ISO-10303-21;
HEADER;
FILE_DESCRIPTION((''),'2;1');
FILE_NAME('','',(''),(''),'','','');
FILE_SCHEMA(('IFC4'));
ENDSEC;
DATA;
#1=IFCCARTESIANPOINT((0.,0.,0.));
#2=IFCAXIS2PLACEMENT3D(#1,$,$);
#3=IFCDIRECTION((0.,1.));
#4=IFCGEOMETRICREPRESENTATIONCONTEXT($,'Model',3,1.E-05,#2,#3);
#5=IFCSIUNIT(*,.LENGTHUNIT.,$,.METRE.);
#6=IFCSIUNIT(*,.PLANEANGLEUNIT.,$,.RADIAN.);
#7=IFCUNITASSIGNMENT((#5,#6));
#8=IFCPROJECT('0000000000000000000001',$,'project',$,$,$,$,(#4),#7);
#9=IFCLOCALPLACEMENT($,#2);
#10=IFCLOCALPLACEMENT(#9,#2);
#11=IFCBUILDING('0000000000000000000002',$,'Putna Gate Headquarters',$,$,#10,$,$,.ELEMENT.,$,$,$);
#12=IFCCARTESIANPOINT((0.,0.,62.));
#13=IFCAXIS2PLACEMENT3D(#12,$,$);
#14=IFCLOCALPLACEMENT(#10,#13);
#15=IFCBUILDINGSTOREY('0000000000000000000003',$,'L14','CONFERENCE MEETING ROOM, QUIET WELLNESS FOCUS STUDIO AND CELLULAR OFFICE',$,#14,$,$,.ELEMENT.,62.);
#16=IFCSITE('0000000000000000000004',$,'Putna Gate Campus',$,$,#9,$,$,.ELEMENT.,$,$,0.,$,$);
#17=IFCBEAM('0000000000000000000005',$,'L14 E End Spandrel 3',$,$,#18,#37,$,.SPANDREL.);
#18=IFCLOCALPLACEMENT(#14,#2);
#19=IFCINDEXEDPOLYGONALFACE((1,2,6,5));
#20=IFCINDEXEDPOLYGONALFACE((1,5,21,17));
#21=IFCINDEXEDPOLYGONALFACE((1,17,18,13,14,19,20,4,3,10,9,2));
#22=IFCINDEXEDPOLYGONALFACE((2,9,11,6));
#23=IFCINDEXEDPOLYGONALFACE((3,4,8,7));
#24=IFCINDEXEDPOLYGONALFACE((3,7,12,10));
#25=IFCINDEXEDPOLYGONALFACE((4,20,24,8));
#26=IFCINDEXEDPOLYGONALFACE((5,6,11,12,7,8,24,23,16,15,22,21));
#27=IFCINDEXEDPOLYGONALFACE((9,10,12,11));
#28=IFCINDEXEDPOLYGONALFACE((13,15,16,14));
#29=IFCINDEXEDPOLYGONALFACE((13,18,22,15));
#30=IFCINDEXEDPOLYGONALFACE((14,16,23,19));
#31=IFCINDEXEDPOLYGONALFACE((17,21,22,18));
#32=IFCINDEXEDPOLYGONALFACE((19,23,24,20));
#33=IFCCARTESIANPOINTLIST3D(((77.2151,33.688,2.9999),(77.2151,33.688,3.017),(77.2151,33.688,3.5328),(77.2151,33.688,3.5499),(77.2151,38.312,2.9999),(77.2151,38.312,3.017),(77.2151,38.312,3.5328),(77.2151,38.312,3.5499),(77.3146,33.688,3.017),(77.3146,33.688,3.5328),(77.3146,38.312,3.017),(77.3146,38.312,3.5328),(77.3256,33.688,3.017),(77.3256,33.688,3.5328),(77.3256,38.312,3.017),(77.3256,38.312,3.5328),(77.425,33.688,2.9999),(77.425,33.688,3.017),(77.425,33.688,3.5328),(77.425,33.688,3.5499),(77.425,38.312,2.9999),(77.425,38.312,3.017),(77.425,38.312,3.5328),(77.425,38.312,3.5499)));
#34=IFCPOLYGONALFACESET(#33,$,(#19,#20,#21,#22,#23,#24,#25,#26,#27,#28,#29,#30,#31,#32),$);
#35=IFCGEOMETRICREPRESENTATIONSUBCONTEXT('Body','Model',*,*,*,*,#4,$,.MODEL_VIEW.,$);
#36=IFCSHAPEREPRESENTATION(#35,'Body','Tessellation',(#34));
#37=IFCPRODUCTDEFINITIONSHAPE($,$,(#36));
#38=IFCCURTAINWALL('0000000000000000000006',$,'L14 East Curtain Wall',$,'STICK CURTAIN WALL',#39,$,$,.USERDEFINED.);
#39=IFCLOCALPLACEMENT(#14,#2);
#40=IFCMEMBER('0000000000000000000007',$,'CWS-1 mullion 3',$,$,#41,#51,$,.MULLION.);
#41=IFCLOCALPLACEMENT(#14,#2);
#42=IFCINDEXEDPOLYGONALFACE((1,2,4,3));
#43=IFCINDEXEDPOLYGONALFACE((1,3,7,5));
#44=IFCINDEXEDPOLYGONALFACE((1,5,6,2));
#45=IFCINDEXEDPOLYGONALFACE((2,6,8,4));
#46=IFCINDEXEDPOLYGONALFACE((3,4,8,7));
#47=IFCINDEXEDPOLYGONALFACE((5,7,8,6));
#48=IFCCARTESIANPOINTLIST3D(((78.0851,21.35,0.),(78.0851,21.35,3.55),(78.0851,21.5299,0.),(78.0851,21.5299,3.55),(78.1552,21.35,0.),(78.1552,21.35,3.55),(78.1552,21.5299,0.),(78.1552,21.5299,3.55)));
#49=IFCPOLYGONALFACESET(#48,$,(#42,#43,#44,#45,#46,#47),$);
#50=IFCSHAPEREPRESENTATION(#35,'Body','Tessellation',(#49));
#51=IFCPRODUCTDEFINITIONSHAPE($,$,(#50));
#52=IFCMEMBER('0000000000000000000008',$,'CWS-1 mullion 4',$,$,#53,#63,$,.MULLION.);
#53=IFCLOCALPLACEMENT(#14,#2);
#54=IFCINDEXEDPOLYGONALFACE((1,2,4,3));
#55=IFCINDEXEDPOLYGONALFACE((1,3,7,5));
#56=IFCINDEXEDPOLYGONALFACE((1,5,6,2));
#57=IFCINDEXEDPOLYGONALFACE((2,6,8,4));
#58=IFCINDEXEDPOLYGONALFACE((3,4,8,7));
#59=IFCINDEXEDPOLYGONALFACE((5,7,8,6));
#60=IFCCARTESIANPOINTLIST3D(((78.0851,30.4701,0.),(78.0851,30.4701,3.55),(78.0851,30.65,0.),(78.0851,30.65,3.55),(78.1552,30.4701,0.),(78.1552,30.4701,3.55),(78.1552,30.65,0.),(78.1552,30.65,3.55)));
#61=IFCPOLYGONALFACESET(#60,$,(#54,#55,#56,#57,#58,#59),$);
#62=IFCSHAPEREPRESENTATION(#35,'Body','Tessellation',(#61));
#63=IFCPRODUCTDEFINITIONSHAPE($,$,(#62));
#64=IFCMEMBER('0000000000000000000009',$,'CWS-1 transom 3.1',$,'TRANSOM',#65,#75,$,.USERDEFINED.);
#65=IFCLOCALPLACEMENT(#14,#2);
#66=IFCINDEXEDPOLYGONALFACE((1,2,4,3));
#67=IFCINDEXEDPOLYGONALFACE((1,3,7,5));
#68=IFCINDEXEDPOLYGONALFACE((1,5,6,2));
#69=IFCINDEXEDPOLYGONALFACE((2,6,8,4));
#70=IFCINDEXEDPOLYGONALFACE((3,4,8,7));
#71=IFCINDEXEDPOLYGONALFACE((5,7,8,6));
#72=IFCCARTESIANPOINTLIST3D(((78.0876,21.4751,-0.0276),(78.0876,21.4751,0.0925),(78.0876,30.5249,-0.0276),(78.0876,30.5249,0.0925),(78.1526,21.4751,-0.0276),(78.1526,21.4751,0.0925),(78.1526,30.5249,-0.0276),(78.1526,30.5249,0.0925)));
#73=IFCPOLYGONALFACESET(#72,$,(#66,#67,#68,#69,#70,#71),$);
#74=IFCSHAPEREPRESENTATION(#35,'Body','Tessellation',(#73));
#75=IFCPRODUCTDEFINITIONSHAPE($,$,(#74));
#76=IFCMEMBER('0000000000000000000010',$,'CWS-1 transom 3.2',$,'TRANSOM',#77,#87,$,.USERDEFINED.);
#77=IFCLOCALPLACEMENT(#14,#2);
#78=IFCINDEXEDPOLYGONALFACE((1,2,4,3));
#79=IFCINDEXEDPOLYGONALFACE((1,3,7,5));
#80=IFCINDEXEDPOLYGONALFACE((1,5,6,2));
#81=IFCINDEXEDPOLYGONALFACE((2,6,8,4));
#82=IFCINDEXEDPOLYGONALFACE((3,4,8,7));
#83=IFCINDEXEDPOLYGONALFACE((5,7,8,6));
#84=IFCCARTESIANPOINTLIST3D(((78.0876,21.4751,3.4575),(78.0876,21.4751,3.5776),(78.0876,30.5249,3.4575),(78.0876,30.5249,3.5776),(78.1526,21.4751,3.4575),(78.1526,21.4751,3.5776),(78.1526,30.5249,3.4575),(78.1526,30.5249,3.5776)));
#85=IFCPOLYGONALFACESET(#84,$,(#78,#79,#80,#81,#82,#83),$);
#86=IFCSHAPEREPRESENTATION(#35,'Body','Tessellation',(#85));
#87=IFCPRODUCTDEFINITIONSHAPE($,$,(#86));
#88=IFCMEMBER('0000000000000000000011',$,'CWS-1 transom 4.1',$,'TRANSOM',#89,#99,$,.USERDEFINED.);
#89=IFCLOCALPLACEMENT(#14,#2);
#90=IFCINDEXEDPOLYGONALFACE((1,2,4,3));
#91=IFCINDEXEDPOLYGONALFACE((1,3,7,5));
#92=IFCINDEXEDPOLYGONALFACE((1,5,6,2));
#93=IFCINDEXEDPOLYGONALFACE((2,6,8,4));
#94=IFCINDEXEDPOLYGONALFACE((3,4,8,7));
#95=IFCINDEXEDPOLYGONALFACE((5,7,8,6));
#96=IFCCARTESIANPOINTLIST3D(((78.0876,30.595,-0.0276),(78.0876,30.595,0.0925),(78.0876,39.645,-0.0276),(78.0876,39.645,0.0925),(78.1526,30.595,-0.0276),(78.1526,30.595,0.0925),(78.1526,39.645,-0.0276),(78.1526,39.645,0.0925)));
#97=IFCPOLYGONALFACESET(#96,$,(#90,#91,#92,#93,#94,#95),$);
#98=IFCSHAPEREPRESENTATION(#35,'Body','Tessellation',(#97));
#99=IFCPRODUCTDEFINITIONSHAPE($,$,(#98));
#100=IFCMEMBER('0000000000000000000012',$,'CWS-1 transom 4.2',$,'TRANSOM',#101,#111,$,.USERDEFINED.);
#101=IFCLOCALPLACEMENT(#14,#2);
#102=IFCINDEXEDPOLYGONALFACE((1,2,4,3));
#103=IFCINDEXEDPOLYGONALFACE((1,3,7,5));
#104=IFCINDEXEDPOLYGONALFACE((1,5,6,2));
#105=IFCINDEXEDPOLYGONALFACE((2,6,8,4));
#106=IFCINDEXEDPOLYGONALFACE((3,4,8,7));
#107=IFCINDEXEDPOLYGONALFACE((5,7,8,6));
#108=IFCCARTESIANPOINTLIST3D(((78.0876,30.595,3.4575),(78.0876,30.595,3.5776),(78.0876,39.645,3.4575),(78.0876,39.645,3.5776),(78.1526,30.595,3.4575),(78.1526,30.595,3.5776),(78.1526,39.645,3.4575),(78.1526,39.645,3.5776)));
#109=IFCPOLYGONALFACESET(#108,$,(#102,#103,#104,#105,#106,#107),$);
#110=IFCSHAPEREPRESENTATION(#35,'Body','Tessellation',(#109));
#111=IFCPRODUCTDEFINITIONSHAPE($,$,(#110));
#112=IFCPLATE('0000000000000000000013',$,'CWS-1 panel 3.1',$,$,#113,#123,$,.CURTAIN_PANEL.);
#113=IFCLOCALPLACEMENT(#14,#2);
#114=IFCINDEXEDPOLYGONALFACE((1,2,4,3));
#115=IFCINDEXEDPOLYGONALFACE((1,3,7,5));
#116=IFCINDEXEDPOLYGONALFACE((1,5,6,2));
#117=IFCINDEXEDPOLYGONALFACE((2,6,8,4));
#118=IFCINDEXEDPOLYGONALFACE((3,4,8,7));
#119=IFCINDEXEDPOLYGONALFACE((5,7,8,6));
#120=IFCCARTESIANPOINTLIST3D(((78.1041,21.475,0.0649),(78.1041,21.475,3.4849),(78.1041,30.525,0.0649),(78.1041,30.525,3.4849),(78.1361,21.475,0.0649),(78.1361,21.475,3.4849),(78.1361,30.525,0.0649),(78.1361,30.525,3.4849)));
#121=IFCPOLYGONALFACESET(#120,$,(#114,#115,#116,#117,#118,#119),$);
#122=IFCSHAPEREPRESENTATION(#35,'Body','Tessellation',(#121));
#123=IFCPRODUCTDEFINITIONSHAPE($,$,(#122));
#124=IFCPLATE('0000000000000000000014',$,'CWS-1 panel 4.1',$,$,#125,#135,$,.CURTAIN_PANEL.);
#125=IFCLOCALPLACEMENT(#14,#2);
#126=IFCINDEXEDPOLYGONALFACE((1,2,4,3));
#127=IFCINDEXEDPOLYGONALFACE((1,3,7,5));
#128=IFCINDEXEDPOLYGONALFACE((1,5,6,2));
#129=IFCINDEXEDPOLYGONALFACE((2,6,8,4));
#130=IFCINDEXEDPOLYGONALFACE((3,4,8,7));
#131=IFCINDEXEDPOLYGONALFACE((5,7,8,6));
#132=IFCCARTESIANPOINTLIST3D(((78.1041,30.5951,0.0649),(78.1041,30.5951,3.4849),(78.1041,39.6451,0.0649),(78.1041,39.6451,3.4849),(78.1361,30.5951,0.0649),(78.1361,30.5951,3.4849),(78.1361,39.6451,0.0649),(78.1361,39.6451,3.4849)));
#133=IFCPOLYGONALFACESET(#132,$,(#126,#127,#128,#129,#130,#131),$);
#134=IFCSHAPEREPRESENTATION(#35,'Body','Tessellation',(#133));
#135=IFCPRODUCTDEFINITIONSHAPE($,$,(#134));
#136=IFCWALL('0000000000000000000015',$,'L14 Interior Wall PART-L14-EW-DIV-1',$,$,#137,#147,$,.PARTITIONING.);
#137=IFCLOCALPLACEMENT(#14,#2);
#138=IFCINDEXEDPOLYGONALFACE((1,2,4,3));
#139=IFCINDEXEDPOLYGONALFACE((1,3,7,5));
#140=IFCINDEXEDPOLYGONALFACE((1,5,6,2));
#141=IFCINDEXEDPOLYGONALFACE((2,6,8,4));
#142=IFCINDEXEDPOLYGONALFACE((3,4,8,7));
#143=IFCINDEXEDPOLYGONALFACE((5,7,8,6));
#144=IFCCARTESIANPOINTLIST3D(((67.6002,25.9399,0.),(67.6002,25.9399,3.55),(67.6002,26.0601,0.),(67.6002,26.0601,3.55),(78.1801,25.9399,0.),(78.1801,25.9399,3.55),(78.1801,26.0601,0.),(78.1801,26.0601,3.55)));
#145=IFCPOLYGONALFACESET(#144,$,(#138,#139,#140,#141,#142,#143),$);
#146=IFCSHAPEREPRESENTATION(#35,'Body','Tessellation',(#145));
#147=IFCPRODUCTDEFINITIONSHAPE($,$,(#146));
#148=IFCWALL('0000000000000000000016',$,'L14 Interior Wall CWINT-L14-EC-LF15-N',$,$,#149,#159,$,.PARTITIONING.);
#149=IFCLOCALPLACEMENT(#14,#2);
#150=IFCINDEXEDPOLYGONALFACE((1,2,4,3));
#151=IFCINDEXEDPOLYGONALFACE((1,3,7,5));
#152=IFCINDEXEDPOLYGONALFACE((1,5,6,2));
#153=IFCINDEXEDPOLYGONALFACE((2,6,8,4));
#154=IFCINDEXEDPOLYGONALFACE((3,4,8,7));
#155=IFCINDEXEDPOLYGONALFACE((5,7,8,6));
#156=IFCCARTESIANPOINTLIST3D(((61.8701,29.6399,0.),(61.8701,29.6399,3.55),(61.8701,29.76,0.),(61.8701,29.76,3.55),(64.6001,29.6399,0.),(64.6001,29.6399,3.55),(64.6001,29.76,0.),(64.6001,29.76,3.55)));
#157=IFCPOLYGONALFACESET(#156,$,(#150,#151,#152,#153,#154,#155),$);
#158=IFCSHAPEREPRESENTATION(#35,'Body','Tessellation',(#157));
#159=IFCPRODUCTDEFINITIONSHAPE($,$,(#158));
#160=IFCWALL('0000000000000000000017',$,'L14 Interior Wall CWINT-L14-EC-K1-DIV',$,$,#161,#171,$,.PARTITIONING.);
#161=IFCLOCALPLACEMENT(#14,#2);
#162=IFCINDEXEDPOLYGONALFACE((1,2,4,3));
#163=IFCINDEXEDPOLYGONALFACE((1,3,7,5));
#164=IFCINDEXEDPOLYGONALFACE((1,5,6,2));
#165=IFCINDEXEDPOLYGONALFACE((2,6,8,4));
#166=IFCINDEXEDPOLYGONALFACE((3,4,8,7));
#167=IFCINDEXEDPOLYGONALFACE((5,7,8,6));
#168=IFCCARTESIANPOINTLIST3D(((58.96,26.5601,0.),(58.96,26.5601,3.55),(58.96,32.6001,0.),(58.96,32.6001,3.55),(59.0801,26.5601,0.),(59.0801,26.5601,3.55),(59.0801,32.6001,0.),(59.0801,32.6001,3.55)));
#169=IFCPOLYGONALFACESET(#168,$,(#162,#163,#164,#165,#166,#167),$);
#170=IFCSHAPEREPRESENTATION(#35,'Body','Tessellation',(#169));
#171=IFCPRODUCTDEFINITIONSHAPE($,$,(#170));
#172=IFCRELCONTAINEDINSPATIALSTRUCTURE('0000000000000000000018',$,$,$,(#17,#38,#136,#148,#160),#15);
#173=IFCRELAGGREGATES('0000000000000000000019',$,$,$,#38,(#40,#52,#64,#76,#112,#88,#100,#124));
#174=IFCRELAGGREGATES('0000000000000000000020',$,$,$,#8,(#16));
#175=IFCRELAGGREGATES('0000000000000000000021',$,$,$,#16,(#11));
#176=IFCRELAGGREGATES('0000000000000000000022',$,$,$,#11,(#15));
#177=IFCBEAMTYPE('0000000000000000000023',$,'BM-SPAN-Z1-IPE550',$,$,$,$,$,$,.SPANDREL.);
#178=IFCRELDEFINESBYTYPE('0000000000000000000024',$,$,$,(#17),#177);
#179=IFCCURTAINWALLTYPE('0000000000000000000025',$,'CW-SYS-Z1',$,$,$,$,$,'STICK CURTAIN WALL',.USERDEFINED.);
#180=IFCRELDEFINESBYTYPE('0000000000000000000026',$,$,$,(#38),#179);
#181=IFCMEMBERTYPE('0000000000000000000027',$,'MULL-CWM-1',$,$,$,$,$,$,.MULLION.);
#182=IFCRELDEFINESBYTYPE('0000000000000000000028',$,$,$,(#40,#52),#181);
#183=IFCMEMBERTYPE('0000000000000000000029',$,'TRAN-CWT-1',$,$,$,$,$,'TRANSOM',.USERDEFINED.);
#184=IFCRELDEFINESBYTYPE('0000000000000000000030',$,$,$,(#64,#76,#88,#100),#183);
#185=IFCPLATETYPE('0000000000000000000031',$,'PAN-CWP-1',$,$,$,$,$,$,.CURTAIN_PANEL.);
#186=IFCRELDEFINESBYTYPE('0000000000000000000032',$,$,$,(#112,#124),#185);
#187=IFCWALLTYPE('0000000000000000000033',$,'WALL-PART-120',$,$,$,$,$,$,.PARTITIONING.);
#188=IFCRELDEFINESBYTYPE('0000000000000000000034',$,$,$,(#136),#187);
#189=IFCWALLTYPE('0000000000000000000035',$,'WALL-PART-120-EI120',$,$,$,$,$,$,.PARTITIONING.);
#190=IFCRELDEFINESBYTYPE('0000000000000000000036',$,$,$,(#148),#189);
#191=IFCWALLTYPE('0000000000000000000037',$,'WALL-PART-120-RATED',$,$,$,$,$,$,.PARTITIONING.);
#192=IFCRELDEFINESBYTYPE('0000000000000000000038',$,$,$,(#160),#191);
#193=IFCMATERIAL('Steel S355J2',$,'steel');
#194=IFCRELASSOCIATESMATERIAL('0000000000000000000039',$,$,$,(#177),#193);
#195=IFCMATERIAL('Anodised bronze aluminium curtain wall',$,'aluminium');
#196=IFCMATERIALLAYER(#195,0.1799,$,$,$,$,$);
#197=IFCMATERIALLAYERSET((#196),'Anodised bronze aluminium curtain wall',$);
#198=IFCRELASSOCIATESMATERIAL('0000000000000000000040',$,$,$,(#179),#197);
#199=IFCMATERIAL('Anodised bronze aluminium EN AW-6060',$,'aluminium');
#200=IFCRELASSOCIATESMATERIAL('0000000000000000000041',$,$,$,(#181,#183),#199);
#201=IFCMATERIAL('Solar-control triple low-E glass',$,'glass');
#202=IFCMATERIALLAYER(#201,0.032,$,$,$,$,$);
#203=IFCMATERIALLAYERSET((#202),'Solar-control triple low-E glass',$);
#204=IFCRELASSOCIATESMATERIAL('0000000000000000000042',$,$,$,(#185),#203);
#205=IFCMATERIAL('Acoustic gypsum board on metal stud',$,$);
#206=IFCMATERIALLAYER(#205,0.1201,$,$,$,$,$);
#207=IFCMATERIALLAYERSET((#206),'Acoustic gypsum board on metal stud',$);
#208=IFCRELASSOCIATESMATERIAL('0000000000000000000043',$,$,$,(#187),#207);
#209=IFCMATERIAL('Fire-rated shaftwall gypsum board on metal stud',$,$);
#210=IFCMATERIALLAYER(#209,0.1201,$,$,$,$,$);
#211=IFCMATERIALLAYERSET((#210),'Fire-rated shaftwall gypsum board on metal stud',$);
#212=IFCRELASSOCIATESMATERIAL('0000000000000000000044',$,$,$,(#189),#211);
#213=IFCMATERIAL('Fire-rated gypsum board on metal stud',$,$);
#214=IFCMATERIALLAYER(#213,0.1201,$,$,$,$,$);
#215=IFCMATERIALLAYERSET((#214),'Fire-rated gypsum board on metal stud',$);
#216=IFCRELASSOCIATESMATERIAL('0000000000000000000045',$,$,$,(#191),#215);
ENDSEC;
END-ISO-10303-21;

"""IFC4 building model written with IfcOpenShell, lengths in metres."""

from ifc_helpers import new_model, si_unit, direction, frame, frame_2d, origin, origin_2d, place, context, subcontext, project, spatial, rectangle, i_section, extrude, material, layer, layer_set, material_profile, profile_set, type_object, element, aggregate, save


model = new_model("IFC4")

# Units and contexts
model_context = context("Model", 3, precision=1e-05, world=origin(), true_north=direction((0.0, 1.0)))
body_context = subcontext(model_context, "Body", "Model", "MODEL_VIEW")
ifc_project = project(units=[si_unit("LENGTHUNIT", "METRE"), si_unit("PLANEANGLEUNIT", "RADIAN")], contexts=[model_context])

# Site, building, storey
site_placement = place(None, origin())
site = spatial("IfcSite", under=ifc_project, at=site_placement, Name="Putna Gate Campus", CompositionType="ELEMENT", RefElevation=0.0)
building_placement = place(site_placement, origin())
building = spatial("IfcBuilding", under=site, at=building_placement, Name="Putna Gate Headquarters", CompositionType="ELEMENT")
storey_placement = place(building_placement, frame((0.0, 0.0, 62.0)))
storey = spatial("IfcBuildingStorey", under=building, at=storey_placement, Name="L14", Description="CONFERENCE MEETING ROOM, QUIET WELLNESS FOCUS STUDIO AND CELLULAR OFFICE", CompositionType="ELEMENT", Elevation=62.0)

# Beam
ifc_material_1 = material(Name="Steel S355J2", Category="steel")
ifc_material_profile_1 = material_profile(ifc_material_1, i_section(OverallWidth=0.21, OverallDepth=0.55, WebThickness=0.011, FlangeThickness=0.0171, at=origin_2d()), Name="Steel S355J2")
ifc_profile_set_1 = profile_set([ifc_material_profile_1], Name="Steel S355J2")
beam_type_1 = type_object("IfcBeamType", Name="BM-SPAN-Z1-IPE550", PredefinedType="SPANDREL", material=ifc_profile_set_1)
beam_1_placement = place(storey_placement, frame((77.3201, 33.688, 3.2749), z_axis=(0.0, 1.0, 0.0), x_axis=(-1.0, 0.0, 0.0)))
element("IfcBeam", 1, at=beam_1_placement, inside=storey, type_object=beam_type_1, Name="L14 E End Spandrel 3", PredefinedType="SPANDREL", context=body_context, shape_type="SweptSolid", body=[
    extrude(i_section(OverallWidth=0.21, OverallDepth=0.55, WebThickness=0.011, FlangeThickness=0.0171, at=origin_2d()), origin(), (0.0, 0.0, 1.0), 4.624),
])

# Curtain wall, members, plates
ifc_material_2 = material(Name="Anodised bronze aluminium curtain wall", Category="aluminium")
ifc_layer_1 = layer(ifc_material_2, 0.1799)
ifc_layer_set_1 = layer_set([ifc_layer_1], Name="Anodised bronze aluminium curtain wall")
curtain_wall_type = type_object("IfcCurtainWallType", Name="CW-SYS-Z1", ElementType="STICK CURTAIN WALL", PredefinedType="USERDEFINED", material=ifc_layer_set_1)
curtain_wall_placement = place(storey_placement, origin())
curtain_wall = element("IfcCurtainWall", 2, at=curtain_wall_placement, inside=storey, type_object=curtain_wall_type, Name="L14 East Curtain Wall", ObjectType="STICK CURTAIN WALL", PredefinedType="USERDEFINED")
ifc_material_3 = material(Name="Anodised bronze aluminium EN AW-6060", Category="aluminium")
ifc_material_profile_2 = material_profile(ifc_material_3, rectangle(XDim=0.0701, YDim=0.1799, at=origin_2d()), Name="Anodised bronze aluminium EN AW-6060")
ifc_profile_set_2 = profile_set([ifc_material_profile_2], Name="Anodised bronze aluminium EN AW-6060")
member_type_1 = type_object("IfcMemberType", Name="MULL-CWM-1", PredefinedType="MULLION", material=ifc_profile_set_2)
member_1_placement = place(storey_placement, frame((78.1201, 21.4399, 0.0), z_axis=(0.0, 0.0, 1.0), x_axis=(-1.0, 0.0, 0.0)))
member_1 = element("IfcMember", 3, at=member_1_placement, type_object=member_type_1, Name="CWS-1 mullion 3", PredefinedType="MULLION", context=body_context, shape_type="SweptSolid", body=[
    extrude(rectangle(XDim=0.0701, YDim=0.1799, at=origin_2d()), origin(), (0.0, 0.0, 1.0), 3.55),
])
member_2_placement = place(storey_placement, frame((78.1201, 30.5601, 0.0), z_axis=(0.0, 0.0, 1.0), x_axis=(-1.0, 0.0, 0.0)))
member_2 = element("IfcMember", 4, at=member_2_placement, type_object=member_type_1, Name="CWS-1 mullion 4", PredefinedType="MULLION", context=body_context, shape_type="SweptSolid", body=[
    extrude(rectangle(XDim=0.0701, YDim=0.1799, at=origin_2d()), origin(), (0.0, 0.0, 1.0), 3.55),
])
ifc_material_profile_3 = material_profile(ifc_material_3, rectangle(XDim=0.0649, YDim=0.1201, at=origin_2d()), Name="Anodised bronze aluminium EN AW-6060")
ifc_profile_set_3 = profile_set([ifc_material_profile_3], Name="Anodised bronze aluminium EN AW-6060")
member_type_2 = type_object("IfcMemberType", Name="TRAN-CWT-1", ElementType="TRANSOM", PredefinedType="USERDEFINED", material=ifc_profile_set_3)
member_3_placement = place(storey_placement, frame((78.1201, 21.4751, 0.0325), z_axis=(0.0, 1.0, 0.0), x_axis=(-1.0, 0.0, 0.0)))
member_3 = element("IfcMember", 5, at=member_3_placement, type_object=member_type_2, Name="CWS-1 transom 3.1", ObjectType="TRANSOM", PredefinedType="USERDEFINED", context=body_context, shape_type="SweptSolid", body=[
    extrude(rectangle(XDim=0.0649, YDim=0.1201, at=origin_2d()), origin(), (0.0, 0.0, 1.0), 9.0498),
])
member_4_placement = place(storey_placement, frame((78.1201, 21.4751, 3.5176), z_axis=(0.0, 1.0, 0.0), x_axis=(-1.0, 0.0, 0.0)))
member_4 = element("IfcMember", 6, at=member_4_placement, type_object=member_type_2, Name="CWS-1 transom 3.2", ObjectType="TRANSOM", PredefinedType="USERDEFINED", context=body_context, shape_type="SweptSolid", body=[
    extrude(rectangle(XDim=0.0649, YDim=0.1201, at=origin_2d()), origin(), (0.0, 0.0, 1.0), 9.0498),
])
member_5_placement = place(storey_placement, frame((78.1201, 30.595, 0.0325), z_axis=(0.0, 1.0, 0.0), x_axis=(-1.0, 0.0, 0.0)))
member_5 = element("IfcMember", 7, at=member_5_placement, type_object=member_type_2, Name="CWS-1 transom 4.1", ObjectType="TRANSOM", PredefinedType="USERDEFINED", context=body_context, shape_type="SweptSolid", body=[
    extrude(rectangle(XDim=0.0649, YDim=0.1201, at=origin_2d()), origin(), (0.0, 0.0, 1.0), 9.05),
])
member_6_placement = place(storey_placement, frame((78.1201, 30.595, 3.5176), z_axis=(0.0, 1.0, 0.0), x_axis=(-1.0, 0.0, 0.0)))
member_6 = element("IfcMember", 8, at=member_6_placement, type_object=member_type_2, Name="CWS-1 transom 4.2", ObjectType="TRANSOM", PredefinedType="USERDEFINED", context=body_context, shape_type="SweptSolid", body=[
    extrude(rectangle(XDim=0.0649, YDim=0.1201, at=origin_2d()), origin(), (0.0, 0.0, 1.0), 9.05),
])
ifc_material_4 = material(Name="Solar-control triple low-E glass", Category="glass")
ifc_layer_2 = layer(ifc_material_4, 0.032)
ifc_layer_set_2 = layer_set([ifc_layer_2], Name="Solar-control triple low-E glass")
plate_type = type_object("IfcPlateType", Name="PAN-CWP-1", PredefinedType="CURTAIN_PANEL", material=ifc_layer_set_2)
plate_1_placement = place(storey_placement, frame((78.1201, 26.0, 0.0649), z_axis=(0.0, 0.0, 1.0), x_axis=(0.0, 1.0, 0.0)))
plate_1 = element("IfcPlate", 9, at=plate_1_placement, type_object=plate_type, Name="CWS-1 panel 3.1", PredefinedType="CURTAIN_PANEL", context=body_context, shape_type="SweptSolid", body=[
    extrude(rectangle(XDim=9.05, YDim=0.032, at=origin_2d()), origin(), (0.0, 0.0, 1.0), 3.4199),
])
plate_2_placement = place(storey_placement, frame((78.1201, 35.1201, 0.0649), z_axis=(0.0, 0.0, 1.0), x_axis=(0.0, 1.0, 0.0)))
plate_2 = element("IfcPlate", 10, at=plate_2_placement, type_object=plate_type, Name="CWS-1 panel 4.1", PredefinedType="CURTAIN_PANEL", context=body_context, shape_type="SweptSolid", body=[
    extrude(rectangle(XDim=9.05, YDim=0.032, at=origin_2d()), origin(), (0.0, 0.0, 1.0), 3.4199),
])
aggregate(curtain_wall, [member_1, member_2, member_3, member_4, plate_1, member_5, member_6, plate_2])

# Walls
ifc_material_5 = material(Name="Acoustic gypsum board on metal stud")
ifc_layer_3 = layer(ifc_material_5, 0.1201)
ifc_layer_set_3 = layer_set([ifc_layer_3], Name="Acoustic gypsum board on metal stud")
wall_type_1 = type_object("IfcWallType", Name="WALL-PART-120", PredefinedType="PARTITIONING", material=ifc_layer_set_3)
wall_1_placement = place(storey_placement, frame((67.6001, 26.0, 0.0), z_axis=(0.0, 0.0, 1.0), x_axis=(1.0, 0.0, 0.0)))
element("IfcWall", 11, at=wall_1_placement, inside=storey, type_object=wall_type_1, Name="L14 Interior Wall PART-L14-EW-DIV-1", PredefinedType="PARTITIONING", context=body_context, shape_type="SweptSolid", body=[
    extrude(rectangle(XDim=10.5798, YDim=0.1201, at=frame_2d((5.29, 0.0))), origin(), (0.0, 0.0, 1.0), 3.55),
])
ifc_material_6 = material(Name="Fire-rated shaftwall gypsum board on metal stud")
ifc_layer_4 = layer(ifc_material_6, 0.1201)
ifc_layer_set_4 = layer_set([ifc_layer_4], Name="Fire-rated shaftwall gypsum board on metal stud")
wall_type_2 = type_object("IfcWallType", Name="WALL-PART-120-EI120", PredefinedType="PARTITIONING", material=ifc_layer_set_4)
wall_2_placement = place(storey_placement, frame((61.8701, 29.7, 0.0), z_axis=(0.0, 0.0, 1.0), x_axis=(1.0, 0.0, 0.0)))
element("IfcWall", 12, at=wall_2_placement, inside=storey, type_object=wall_type_2, Name="L14 Interior Wall CWINT-L14-EC-LF15-N", PredefinedType="PARTITIONING", context=body_context, shape_type="SweptSolid", body=[
    extrude(rectangle(XDim=2.73, YDim=0.1201, at=frame_2d((1.365, 0.0))), origin(), (0.0, 0.0, 1.0), 3.55),
])
ifc_material_7 = material(Name="Fire-rated gypsum board on metal stud")
ifc_layer_5 = layer(ifc_material_7, 0.1201)
ifc_layer_set_5 = layer_set([ifc_layer_5], Name="Fire-rated gypsum board on metal stud")
wall_type_3 = type_object("IfcWallType", Name="WALL-PART-120-RATED", PredefinedType="PARTITIONING", material=ifc_layer_set_5)
wall_3_placement = place(storey_placement, frame((59.02, 26.5601, 0.0), z_axis=(0.0, 0.0, 1.0), x_axis=(0.0, 1.0, 0.0)))
element("IfcWall", 13, at=wall_3_placement, inside=storey, type_object=wall_type_3, Name="L14 Interior Wall CWINT-L14-EC-K1-DIV", PredefinedType="PARTITIONING", context=body_context, shape_type="SweptSolid", body=[
    extrude(rectangle(XDim=6.04, YDim=0.1201, at=frame_2d((3.02, 0.0))), origin(), (0.0, 0.0, 1.0), 3.55),
])

save(model, "model.ifc")
